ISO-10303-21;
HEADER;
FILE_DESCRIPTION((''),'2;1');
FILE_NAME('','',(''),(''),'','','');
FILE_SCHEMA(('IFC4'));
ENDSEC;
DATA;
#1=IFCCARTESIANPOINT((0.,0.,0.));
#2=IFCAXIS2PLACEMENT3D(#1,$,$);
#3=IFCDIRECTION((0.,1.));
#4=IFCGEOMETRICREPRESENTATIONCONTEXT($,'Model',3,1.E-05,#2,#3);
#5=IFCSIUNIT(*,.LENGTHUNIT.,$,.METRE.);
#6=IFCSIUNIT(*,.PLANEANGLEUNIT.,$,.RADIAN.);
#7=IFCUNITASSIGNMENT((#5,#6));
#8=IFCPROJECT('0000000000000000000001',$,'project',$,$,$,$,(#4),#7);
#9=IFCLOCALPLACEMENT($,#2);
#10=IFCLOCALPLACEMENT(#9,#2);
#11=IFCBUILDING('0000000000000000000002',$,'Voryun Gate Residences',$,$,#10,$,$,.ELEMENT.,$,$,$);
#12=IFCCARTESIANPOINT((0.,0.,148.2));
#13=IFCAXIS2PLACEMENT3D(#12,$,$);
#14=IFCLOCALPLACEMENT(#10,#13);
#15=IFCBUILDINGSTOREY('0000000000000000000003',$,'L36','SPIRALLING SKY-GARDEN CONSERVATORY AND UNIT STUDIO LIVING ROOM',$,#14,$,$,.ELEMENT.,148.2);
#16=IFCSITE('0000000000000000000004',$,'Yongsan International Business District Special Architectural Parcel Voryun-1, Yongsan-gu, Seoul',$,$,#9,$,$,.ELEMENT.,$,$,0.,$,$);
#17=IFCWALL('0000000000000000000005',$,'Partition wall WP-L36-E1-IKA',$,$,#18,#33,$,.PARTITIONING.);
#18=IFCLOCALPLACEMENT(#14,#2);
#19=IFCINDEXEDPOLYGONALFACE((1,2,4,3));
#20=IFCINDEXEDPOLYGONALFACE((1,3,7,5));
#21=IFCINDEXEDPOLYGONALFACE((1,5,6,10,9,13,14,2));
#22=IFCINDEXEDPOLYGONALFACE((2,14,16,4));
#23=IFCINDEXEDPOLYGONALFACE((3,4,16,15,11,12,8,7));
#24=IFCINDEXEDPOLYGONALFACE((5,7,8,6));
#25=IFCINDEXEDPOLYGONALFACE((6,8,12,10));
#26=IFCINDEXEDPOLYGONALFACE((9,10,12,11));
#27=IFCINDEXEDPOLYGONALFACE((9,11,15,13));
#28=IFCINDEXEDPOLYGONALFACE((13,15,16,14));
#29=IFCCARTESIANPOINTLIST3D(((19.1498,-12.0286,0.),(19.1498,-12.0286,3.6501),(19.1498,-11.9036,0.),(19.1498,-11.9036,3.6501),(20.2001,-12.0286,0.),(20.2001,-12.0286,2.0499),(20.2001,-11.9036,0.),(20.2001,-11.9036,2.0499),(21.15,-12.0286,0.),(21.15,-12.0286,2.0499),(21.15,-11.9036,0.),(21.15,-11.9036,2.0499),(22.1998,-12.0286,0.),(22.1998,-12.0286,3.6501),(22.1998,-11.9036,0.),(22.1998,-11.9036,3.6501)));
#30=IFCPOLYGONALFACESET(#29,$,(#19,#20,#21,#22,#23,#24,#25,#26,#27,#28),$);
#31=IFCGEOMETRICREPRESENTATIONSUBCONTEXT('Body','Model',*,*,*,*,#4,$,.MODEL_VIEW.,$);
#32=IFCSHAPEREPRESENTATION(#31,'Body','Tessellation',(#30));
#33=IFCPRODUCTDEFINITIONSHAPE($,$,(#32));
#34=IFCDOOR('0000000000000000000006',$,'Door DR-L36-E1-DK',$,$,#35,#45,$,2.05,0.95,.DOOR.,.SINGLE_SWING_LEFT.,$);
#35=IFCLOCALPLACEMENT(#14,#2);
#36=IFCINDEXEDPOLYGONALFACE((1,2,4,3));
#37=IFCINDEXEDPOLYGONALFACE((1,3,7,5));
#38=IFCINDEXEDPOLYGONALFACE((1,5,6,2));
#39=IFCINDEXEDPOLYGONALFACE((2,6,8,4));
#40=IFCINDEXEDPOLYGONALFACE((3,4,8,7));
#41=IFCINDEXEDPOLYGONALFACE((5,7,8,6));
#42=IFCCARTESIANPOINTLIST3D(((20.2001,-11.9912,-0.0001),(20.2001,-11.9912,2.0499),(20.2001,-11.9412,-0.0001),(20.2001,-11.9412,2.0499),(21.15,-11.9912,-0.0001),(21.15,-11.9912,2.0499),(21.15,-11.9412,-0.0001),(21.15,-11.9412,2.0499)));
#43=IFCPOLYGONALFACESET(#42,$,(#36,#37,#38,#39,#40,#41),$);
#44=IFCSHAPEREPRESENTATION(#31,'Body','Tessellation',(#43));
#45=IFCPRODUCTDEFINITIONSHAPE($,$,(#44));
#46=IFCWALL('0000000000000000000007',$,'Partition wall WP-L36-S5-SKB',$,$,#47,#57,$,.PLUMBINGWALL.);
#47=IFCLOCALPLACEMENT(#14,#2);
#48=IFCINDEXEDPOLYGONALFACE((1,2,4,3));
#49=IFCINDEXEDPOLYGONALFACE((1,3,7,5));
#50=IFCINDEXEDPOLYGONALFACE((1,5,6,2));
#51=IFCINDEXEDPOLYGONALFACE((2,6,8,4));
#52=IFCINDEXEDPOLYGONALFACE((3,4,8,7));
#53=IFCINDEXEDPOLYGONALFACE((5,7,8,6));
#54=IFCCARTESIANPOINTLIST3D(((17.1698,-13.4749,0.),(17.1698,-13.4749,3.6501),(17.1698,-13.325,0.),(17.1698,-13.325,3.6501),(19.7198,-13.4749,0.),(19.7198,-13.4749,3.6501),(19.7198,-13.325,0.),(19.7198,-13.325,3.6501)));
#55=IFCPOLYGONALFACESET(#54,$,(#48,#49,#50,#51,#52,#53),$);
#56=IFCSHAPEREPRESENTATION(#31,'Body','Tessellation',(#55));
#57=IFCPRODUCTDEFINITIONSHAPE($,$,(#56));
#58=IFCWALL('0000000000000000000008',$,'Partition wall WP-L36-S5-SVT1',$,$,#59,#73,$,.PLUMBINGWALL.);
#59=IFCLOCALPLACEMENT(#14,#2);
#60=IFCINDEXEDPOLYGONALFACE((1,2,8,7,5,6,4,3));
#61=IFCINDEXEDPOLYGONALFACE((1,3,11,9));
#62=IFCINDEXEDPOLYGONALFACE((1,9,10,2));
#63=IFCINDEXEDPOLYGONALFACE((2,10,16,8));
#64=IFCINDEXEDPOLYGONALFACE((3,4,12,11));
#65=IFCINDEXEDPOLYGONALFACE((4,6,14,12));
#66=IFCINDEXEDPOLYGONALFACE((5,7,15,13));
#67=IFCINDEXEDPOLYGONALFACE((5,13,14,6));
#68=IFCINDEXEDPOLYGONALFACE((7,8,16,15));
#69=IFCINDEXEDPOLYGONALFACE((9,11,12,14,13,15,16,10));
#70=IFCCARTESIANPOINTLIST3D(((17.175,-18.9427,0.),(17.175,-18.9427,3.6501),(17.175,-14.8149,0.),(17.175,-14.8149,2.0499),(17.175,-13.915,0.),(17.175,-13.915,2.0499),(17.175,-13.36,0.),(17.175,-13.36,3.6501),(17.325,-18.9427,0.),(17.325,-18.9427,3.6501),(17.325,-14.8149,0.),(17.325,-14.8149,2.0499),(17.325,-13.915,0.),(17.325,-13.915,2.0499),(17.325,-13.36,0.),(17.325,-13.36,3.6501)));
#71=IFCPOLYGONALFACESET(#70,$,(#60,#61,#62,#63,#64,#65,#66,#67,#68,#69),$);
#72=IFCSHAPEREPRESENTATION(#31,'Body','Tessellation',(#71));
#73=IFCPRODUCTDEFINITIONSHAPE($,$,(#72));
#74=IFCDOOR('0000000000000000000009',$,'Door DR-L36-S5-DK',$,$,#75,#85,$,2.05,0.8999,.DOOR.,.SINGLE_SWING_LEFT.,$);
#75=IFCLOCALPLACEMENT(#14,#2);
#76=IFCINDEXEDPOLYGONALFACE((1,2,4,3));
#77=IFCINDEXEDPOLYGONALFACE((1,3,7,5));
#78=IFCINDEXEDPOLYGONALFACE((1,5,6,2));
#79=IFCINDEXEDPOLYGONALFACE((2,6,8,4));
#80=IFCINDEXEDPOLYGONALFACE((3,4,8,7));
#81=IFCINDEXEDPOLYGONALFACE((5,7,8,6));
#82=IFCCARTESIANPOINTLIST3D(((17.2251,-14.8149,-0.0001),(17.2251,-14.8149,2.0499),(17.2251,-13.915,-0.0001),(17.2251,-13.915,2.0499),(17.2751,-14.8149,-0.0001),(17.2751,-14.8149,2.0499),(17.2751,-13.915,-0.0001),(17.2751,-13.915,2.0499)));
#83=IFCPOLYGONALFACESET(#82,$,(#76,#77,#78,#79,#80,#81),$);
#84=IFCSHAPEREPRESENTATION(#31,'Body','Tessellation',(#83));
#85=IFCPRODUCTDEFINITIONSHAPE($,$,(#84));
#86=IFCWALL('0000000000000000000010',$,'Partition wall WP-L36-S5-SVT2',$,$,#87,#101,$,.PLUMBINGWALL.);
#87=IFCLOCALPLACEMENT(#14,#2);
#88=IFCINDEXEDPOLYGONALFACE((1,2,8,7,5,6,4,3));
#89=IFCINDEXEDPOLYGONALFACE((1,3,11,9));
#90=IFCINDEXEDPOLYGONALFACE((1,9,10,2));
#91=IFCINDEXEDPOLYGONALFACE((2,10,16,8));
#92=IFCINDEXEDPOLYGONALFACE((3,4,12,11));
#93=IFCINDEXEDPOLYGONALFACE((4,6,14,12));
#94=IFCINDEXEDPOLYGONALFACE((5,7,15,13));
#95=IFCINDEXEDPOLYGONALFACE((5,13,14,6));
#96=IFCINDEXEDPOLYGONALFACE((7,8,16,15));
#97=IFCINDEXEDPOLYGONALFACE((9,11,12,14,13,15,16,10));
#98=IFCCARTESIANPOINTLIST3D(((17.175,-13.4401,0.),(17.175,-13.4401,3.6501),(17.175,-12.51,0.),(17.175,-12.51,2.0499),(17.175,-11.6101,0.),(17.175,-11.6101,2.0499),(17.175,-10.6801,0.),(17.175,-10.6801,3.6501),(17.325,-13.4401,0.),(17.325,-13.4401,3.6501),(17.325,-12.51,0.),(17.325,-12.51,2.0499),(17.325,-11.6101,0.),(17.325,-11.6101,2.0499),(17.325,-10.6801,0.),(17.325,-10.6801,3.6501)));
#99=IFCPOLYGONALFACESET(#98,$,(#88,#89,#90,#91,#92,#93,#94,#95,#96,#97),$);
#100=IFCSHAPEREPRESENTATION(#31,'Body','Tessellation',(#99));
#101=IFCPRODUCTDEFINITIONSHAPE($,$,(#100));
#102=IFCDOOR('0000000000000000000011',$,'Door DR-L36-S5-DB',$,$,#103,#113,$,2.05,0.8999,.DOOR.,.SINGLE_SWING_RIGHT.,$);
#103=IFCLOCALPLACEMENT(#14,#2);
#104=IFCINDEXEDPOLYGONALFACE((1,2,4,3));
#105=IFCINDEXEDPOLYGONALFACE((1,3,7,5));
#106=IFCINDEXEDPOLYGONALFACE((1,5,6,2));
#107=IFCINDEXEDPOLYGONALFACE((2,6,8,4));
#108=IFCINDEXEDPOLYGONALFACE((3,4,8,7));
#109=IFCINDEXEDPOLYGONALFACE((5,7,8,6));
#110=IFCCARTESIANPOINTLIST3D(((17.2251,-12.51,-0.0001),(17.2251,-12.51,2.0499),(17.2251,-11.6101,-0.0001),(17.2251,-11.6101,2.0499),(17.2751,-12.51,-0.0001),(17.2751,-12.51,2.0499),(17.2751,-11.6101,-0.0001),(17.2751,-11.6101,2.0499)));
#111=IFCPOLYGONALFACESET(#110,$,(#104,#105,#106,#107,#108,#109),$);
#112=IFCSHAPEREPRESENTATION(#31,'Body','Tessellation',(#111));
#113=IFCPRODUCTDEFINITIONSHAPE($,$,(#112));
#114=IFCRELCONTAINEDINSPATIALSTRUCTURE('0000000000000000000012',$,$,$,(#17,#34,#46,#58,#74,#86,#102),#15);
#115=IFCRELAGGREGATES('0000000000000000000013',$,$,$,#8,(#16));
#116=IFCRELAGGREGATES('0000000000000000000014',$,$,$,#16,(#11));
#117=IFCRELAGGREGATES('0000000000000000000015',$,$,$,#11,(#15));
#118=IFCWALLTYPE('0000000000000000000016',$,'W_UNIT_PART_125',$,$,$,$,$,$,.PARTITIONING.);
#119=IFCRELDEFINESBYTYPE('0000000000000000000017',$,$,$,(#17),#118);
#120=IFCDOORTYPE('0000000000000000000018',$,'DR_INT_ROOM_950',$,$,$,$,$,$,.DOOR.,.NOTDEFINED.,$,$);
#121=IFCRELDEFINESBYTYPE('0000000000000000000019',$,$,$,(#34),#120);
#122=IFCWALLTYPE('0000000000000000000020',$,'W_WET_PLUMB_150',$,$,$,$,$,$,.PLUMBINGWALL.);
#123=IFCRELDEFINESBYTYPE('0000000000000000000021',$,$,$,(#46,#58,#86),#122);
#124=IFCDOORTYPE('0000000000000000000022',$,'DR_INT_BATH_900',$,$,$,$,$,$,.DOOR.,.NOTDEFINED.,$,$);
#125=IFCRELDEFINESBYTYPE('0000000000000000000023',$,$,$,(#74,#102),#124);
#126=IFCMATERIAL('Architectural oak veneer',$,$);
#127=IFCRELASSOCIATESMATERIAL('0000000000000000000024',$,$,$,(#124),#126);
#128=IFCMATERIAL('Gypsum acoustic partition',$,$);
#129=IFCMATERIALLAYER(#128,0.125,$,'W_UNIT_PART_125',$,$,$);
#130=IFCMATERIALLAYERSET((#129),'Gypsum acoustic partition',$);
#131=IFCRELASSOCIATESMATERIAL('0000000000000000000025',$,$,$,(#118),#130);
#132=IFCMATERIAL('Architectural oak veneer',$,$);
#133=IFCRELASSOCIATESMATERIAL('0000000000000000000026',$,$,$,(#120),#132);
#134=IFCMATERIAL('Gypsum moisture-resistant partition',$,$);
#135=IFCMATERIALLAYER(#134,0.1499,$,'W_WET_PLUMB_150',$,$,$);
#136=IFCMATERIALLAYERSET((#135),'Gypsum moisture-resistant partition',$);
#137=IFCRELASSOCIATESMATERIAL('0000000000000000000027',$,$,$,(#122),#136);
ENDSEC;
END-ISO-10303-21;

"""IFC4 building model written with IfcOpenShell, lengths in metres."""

from ifc_helpers import new_model, si_unit, direction, frame, frame_2d, origin, place, context, subcontext, project, spatial, rectangle, extrude, material, layer, layer_set, type_object, element, fill, save


model = new_model("IFC4")

# Units and contexts
model_context = context("Model", 3, precision=1e-05, world=origin(), true_north=direction((0.0, 1.0)))
body_context = subcontext(model_context, "Body", "Model", "MODEL_VIEW")
ifc_project = project(units=[si_unit("LENGTHUNIT", "METRE"), si_unit("PLANEANGLEUNIT", "RADIAN")], contexts=[model_context])

# Site, building, storey
site_placement = place(None, origin())
site = spatial("IfcSite", under=ifc_project, at=site_placement, Name="Yongsan International Business District Special Architectural Parcel Voryun-1, Yongsan-gu, Seoul", CompositionType="ELEMENT", RefElevation=0.0)
building_placement = place(site_placement, origin())
building = spatial("IfcBuilding", under=site, at=building_placement, Name="Voryun Gate Residences", CompositionType="ELEMENT")
storey_placement = place(building_placement, frame((0.0, 0.0, 148.2)))
storey = spatial("IfcBuildingStorey", under=building, at=storey_placement, Name="L36", Description="SPIRALLING SKY-GARDEN CONSERVATORY AND UNIT STUDIO LIVING ROOM", CompositionType="ELEMENT", Elevation=148.2)

# Wall, opening, door
ifc_material_1 = material(Name="Architectural oak veneer")
door_type_1 = type_object("IfcDoorType", Name="DR_INT_BATH_900", OperationType="NOTDEFINED", PredefinedType="DOOR", material=ifc_material_1)
ifc_material_2 = material(Name="Gypsum acoustic partition")
ifc_layer_1 = layer(ifc_material_2, 0.125, Name="W_UNIT_PART_125")
ifc_layer_set_1 = layer_set([ifc_layer_1], Name="Gypsum acoustic partition")
wall_type_1 = type_object("IfcWallType", Name="W_UNIT_PART_125", PredefinedType="PARTITIONING", material=ifc_layer_set_1)
wall_1_placement = place(storey_placement, frame((19.1499, -11.9661, 0.0), z_axis=(0.0, 0.0, 1.0), x_axis=(1.0, 0.0, 0.0)))
wall_1 = element("IfcWall", 1, at=wall_1_placement, inside=storey, type_object=wall_type_1, Name="Partition wall WP-L36-E1-IKA", PredefinedType="PARTITIONING", context=body_context, shape_type="SweptSolid", body=[
    extrude(rectangle(XDim=3.05, YDim=0.125, at=frame_2d((1.5249, 0.0))), origin(), (0.0, 0.0, 1.0), 3.6501),
])
opening_1_placement = place(wall_1_placement, frame((1.05, 0.0, 0.0)))
opening_1 = element("IfcOpeningElement", 2, at=opening_1_placement, cuts=wall_1, PredefinedType="OPENING", context=body_context, shape_type="SweptSolid", body=[
    extrude(rectangle(XDim=0.95, YDim=2.05, at=frame_2d((0.4751, 1.0249))), frame((0.0, 0.0725, 0.0), z_axis=(0.0, -1.0, 0.0), x_axis=(1.0, 0.0, 0.0)), (0.0, 0.0, 1.0), 0.145),
])
ifc_material_3 = material(Name="Architectural oak veneer")
door_type_2 = type_object("IfcDoorType", Name="DR_INT_ROOM_950", OperationType="NOTDEFINED", PredefinedType="DOOR", material=ifc_material_3)
door_1_placement = place(opening_1_placement, origin())
door_1 = element("IfcDoor", 3, at=door_1_placement, inside=storey, type_object=door_type_2, Name="Door DR-L36-E1-DK", OperationType="SINGLE_SWING_LEFT", OverallHeight=2.05, OverallWidth=0.95, PredefinedType="DOOR", context=body_context, shape_type="SweptSolid", body=[
    extrude(rectangle(XDim=0.95, YDim=2.05, at=frame_2d((0.4751, 1.0249))), frame((0.0, 0.0249, 0.0), z_axis=(0.0, -1.0, 0.0), x_axis=(1.0, 0.0, 0.0)), (0.0, 0.0, 1.0), 0.05),
])
fill(opening_1, door_1)

# Wall
ifc_material_4 = material(Name="Gypsum moisture-resistant partition")
ifc_layer_2 = layer(ifc_material_4, 0.1499, Name="W_WET_PLUMB_150")
ifc_layer_set_2 = layer_set([ifc_layer_2], Name="Gypsum moisture-resistant partition")
wall_type_2 = type_object("IfcWallType", Name="W_WET_PLUMB_150", PredefinedType="PLUMBINGWALL", material=ifc_layer_set_2)
wall_2_placement = place(storey_placement, frame((17.1699, -13.3999, 0.0), z_axis=(0.0, 0.0, 1.0), x_axis=(1.0, 0.0, 0.0)))
element("IfcWall", 4, at=wall_2_placement, inside=storey, type_object=wall_type_2, Name="Partition wall WP-L36-S5-SKB", PredefinedType="PLUMBINGWALL", context=body_context, shape_type="SweptSolid", body=[
    extrude(rectangle(XDim=2.55, YDim=0.1499, at=frame_2d((1.2749, 0.0))), origin(), (0.0, 0.0, 1.0), 3.6501),
])

# Walls, openings, doors
wall_3_placement = place(storey_placement, frame((17.25, -18.9429, 0.0), z_axis=(0.0, 0.0, 1.0), x_axis=(0.0, 1.0, 0.0)))
wall_3 = element("IfcWall", 5, at=wall_3_placement, inside=storey, type_object=wall_type_2, Name="Partition wall WP-L36-S5-SVT1", PredefinedType="PLUMBINGWALL", context=body_context, shape_type="SweptSolid", body=[
    extrude(rectangle(XDim=5.5828, YDim=0.1499, at=frame_2d((2.7915, 0.0))), origin(), (0.0, 0.0, 1.0), 3.6501),
])
opening_2_placement = place(wall_3_placement, frame((4.1279, 0.0, 0.0)))
opening_2 = element("IfcOpeningElement", 6, at=opening_2_placement, cuts=wall_3, PredefinedType="OPENING", context=body_context, shape_type="SweptSolid", body=[
    extrude(rectangle(XDim=0.8999, YDim=2.05, at=frame_2d((0.45, 1.0249))), frame((0.0, 0.085, 0.0), z_axis=(0.0, -1.0, 0.0), x_axis=(1.0, 0.0, 0.0)), (0.0, 0.0, 1.0), 0.1699),
])
door_2_placement = place(opening_2_placement, origin())
door_2 = element("IfcDoor", 7, at=door_2_placement, inside=storey, type_object=door_type_1, Name="Door DR-L36-S5-DK", OperationType="SINGLE_SWING_LEFT", OverallHeight=2.05, OverallWidth=0.8999, PredefinedType="DOOR", context=body_context, shape_type="SweptSolid", body=[
    extrude(rectangle(XDim=0.8999, YDim=2.05, at=frame_2d((0.45, 1.0249))), frame((0.0, 0.0249, 0.0), z_axis=(0.0, -1.0, 0.0), x_axis=(1.0, 0.0, 0.0)), (0.0, 0.0, 1.0), 0.05),
])
fill(opening_2, door_2)
wall_4_placement = place(storey_placement, frame((17.25, -13.4399, 0.0), z_axis=(0.0, 0.0, 1.0), x_axis=(0.0, 1.0, 0.0)))
wall_4 = element("IfcWall", 8, at=wall_4_placement, inside=storey, type_object=wall_type_2, Name="Partition wall WP-L36-S5-SVT2", PredefinedType="PLUMBINGWALL", context=body_context, shape_type="SweptSolid", body=[
    extrude(rectangle(XDim=2.76, YDim=0.1499, at=frame_2d((1.3799, 0.0))), origin(), (0.0, 0.0, 1.0), 3.6501),
])
opening_3_placement = place(wall_4_placement, frame((0.9299, 0.0, 0.0)))
opening_3 = element("IfcOpeningElement", 9, at=opening_3_placement, cuts=wall_4, PredefinedType="OPENING", context=body_context, shape_type="SweptSolid", body=[
    extrude(rectangle(XDim=0.8999, YDim=2.05, at=frame_2d((0.45, 1.0249))), frame((0.0, 0.085, 0.0), z_axis=(0.0, -1.0, 0.0), x_axis=(1.0, 0.0, 0.0)), (0.0, 0.0, 1.0), 0.1699),
])
door_3_placement = place(opening_3_placement, origin())
door_3 = element("IfcDoor", 10, at=door_3_placement, inside=storey, type_object=door_type_1, Name="Door DR-L36-S5-DB", OperationType="SINGLE_SWING_RIGHT", OverallHeight=2.05, OverallWidth=0.8999, PredefinedType="DOOR", context=body_context, shape_type="SweptSolid", body=[
    extrude(rectangle(XDim=0.8999, YDim=2.05, at=frame_2d((0.45, 1.0249))), frame((0.0, 0.0249, 0.0), z_axis=(0.0, -1.0, 0.0), x_axis=(1.0, 0.0, 0.0)), (0.0, 0.0, 1.0), 0.05),
])
fill(opening_3, door_3)

save(model, "model.ifc")
